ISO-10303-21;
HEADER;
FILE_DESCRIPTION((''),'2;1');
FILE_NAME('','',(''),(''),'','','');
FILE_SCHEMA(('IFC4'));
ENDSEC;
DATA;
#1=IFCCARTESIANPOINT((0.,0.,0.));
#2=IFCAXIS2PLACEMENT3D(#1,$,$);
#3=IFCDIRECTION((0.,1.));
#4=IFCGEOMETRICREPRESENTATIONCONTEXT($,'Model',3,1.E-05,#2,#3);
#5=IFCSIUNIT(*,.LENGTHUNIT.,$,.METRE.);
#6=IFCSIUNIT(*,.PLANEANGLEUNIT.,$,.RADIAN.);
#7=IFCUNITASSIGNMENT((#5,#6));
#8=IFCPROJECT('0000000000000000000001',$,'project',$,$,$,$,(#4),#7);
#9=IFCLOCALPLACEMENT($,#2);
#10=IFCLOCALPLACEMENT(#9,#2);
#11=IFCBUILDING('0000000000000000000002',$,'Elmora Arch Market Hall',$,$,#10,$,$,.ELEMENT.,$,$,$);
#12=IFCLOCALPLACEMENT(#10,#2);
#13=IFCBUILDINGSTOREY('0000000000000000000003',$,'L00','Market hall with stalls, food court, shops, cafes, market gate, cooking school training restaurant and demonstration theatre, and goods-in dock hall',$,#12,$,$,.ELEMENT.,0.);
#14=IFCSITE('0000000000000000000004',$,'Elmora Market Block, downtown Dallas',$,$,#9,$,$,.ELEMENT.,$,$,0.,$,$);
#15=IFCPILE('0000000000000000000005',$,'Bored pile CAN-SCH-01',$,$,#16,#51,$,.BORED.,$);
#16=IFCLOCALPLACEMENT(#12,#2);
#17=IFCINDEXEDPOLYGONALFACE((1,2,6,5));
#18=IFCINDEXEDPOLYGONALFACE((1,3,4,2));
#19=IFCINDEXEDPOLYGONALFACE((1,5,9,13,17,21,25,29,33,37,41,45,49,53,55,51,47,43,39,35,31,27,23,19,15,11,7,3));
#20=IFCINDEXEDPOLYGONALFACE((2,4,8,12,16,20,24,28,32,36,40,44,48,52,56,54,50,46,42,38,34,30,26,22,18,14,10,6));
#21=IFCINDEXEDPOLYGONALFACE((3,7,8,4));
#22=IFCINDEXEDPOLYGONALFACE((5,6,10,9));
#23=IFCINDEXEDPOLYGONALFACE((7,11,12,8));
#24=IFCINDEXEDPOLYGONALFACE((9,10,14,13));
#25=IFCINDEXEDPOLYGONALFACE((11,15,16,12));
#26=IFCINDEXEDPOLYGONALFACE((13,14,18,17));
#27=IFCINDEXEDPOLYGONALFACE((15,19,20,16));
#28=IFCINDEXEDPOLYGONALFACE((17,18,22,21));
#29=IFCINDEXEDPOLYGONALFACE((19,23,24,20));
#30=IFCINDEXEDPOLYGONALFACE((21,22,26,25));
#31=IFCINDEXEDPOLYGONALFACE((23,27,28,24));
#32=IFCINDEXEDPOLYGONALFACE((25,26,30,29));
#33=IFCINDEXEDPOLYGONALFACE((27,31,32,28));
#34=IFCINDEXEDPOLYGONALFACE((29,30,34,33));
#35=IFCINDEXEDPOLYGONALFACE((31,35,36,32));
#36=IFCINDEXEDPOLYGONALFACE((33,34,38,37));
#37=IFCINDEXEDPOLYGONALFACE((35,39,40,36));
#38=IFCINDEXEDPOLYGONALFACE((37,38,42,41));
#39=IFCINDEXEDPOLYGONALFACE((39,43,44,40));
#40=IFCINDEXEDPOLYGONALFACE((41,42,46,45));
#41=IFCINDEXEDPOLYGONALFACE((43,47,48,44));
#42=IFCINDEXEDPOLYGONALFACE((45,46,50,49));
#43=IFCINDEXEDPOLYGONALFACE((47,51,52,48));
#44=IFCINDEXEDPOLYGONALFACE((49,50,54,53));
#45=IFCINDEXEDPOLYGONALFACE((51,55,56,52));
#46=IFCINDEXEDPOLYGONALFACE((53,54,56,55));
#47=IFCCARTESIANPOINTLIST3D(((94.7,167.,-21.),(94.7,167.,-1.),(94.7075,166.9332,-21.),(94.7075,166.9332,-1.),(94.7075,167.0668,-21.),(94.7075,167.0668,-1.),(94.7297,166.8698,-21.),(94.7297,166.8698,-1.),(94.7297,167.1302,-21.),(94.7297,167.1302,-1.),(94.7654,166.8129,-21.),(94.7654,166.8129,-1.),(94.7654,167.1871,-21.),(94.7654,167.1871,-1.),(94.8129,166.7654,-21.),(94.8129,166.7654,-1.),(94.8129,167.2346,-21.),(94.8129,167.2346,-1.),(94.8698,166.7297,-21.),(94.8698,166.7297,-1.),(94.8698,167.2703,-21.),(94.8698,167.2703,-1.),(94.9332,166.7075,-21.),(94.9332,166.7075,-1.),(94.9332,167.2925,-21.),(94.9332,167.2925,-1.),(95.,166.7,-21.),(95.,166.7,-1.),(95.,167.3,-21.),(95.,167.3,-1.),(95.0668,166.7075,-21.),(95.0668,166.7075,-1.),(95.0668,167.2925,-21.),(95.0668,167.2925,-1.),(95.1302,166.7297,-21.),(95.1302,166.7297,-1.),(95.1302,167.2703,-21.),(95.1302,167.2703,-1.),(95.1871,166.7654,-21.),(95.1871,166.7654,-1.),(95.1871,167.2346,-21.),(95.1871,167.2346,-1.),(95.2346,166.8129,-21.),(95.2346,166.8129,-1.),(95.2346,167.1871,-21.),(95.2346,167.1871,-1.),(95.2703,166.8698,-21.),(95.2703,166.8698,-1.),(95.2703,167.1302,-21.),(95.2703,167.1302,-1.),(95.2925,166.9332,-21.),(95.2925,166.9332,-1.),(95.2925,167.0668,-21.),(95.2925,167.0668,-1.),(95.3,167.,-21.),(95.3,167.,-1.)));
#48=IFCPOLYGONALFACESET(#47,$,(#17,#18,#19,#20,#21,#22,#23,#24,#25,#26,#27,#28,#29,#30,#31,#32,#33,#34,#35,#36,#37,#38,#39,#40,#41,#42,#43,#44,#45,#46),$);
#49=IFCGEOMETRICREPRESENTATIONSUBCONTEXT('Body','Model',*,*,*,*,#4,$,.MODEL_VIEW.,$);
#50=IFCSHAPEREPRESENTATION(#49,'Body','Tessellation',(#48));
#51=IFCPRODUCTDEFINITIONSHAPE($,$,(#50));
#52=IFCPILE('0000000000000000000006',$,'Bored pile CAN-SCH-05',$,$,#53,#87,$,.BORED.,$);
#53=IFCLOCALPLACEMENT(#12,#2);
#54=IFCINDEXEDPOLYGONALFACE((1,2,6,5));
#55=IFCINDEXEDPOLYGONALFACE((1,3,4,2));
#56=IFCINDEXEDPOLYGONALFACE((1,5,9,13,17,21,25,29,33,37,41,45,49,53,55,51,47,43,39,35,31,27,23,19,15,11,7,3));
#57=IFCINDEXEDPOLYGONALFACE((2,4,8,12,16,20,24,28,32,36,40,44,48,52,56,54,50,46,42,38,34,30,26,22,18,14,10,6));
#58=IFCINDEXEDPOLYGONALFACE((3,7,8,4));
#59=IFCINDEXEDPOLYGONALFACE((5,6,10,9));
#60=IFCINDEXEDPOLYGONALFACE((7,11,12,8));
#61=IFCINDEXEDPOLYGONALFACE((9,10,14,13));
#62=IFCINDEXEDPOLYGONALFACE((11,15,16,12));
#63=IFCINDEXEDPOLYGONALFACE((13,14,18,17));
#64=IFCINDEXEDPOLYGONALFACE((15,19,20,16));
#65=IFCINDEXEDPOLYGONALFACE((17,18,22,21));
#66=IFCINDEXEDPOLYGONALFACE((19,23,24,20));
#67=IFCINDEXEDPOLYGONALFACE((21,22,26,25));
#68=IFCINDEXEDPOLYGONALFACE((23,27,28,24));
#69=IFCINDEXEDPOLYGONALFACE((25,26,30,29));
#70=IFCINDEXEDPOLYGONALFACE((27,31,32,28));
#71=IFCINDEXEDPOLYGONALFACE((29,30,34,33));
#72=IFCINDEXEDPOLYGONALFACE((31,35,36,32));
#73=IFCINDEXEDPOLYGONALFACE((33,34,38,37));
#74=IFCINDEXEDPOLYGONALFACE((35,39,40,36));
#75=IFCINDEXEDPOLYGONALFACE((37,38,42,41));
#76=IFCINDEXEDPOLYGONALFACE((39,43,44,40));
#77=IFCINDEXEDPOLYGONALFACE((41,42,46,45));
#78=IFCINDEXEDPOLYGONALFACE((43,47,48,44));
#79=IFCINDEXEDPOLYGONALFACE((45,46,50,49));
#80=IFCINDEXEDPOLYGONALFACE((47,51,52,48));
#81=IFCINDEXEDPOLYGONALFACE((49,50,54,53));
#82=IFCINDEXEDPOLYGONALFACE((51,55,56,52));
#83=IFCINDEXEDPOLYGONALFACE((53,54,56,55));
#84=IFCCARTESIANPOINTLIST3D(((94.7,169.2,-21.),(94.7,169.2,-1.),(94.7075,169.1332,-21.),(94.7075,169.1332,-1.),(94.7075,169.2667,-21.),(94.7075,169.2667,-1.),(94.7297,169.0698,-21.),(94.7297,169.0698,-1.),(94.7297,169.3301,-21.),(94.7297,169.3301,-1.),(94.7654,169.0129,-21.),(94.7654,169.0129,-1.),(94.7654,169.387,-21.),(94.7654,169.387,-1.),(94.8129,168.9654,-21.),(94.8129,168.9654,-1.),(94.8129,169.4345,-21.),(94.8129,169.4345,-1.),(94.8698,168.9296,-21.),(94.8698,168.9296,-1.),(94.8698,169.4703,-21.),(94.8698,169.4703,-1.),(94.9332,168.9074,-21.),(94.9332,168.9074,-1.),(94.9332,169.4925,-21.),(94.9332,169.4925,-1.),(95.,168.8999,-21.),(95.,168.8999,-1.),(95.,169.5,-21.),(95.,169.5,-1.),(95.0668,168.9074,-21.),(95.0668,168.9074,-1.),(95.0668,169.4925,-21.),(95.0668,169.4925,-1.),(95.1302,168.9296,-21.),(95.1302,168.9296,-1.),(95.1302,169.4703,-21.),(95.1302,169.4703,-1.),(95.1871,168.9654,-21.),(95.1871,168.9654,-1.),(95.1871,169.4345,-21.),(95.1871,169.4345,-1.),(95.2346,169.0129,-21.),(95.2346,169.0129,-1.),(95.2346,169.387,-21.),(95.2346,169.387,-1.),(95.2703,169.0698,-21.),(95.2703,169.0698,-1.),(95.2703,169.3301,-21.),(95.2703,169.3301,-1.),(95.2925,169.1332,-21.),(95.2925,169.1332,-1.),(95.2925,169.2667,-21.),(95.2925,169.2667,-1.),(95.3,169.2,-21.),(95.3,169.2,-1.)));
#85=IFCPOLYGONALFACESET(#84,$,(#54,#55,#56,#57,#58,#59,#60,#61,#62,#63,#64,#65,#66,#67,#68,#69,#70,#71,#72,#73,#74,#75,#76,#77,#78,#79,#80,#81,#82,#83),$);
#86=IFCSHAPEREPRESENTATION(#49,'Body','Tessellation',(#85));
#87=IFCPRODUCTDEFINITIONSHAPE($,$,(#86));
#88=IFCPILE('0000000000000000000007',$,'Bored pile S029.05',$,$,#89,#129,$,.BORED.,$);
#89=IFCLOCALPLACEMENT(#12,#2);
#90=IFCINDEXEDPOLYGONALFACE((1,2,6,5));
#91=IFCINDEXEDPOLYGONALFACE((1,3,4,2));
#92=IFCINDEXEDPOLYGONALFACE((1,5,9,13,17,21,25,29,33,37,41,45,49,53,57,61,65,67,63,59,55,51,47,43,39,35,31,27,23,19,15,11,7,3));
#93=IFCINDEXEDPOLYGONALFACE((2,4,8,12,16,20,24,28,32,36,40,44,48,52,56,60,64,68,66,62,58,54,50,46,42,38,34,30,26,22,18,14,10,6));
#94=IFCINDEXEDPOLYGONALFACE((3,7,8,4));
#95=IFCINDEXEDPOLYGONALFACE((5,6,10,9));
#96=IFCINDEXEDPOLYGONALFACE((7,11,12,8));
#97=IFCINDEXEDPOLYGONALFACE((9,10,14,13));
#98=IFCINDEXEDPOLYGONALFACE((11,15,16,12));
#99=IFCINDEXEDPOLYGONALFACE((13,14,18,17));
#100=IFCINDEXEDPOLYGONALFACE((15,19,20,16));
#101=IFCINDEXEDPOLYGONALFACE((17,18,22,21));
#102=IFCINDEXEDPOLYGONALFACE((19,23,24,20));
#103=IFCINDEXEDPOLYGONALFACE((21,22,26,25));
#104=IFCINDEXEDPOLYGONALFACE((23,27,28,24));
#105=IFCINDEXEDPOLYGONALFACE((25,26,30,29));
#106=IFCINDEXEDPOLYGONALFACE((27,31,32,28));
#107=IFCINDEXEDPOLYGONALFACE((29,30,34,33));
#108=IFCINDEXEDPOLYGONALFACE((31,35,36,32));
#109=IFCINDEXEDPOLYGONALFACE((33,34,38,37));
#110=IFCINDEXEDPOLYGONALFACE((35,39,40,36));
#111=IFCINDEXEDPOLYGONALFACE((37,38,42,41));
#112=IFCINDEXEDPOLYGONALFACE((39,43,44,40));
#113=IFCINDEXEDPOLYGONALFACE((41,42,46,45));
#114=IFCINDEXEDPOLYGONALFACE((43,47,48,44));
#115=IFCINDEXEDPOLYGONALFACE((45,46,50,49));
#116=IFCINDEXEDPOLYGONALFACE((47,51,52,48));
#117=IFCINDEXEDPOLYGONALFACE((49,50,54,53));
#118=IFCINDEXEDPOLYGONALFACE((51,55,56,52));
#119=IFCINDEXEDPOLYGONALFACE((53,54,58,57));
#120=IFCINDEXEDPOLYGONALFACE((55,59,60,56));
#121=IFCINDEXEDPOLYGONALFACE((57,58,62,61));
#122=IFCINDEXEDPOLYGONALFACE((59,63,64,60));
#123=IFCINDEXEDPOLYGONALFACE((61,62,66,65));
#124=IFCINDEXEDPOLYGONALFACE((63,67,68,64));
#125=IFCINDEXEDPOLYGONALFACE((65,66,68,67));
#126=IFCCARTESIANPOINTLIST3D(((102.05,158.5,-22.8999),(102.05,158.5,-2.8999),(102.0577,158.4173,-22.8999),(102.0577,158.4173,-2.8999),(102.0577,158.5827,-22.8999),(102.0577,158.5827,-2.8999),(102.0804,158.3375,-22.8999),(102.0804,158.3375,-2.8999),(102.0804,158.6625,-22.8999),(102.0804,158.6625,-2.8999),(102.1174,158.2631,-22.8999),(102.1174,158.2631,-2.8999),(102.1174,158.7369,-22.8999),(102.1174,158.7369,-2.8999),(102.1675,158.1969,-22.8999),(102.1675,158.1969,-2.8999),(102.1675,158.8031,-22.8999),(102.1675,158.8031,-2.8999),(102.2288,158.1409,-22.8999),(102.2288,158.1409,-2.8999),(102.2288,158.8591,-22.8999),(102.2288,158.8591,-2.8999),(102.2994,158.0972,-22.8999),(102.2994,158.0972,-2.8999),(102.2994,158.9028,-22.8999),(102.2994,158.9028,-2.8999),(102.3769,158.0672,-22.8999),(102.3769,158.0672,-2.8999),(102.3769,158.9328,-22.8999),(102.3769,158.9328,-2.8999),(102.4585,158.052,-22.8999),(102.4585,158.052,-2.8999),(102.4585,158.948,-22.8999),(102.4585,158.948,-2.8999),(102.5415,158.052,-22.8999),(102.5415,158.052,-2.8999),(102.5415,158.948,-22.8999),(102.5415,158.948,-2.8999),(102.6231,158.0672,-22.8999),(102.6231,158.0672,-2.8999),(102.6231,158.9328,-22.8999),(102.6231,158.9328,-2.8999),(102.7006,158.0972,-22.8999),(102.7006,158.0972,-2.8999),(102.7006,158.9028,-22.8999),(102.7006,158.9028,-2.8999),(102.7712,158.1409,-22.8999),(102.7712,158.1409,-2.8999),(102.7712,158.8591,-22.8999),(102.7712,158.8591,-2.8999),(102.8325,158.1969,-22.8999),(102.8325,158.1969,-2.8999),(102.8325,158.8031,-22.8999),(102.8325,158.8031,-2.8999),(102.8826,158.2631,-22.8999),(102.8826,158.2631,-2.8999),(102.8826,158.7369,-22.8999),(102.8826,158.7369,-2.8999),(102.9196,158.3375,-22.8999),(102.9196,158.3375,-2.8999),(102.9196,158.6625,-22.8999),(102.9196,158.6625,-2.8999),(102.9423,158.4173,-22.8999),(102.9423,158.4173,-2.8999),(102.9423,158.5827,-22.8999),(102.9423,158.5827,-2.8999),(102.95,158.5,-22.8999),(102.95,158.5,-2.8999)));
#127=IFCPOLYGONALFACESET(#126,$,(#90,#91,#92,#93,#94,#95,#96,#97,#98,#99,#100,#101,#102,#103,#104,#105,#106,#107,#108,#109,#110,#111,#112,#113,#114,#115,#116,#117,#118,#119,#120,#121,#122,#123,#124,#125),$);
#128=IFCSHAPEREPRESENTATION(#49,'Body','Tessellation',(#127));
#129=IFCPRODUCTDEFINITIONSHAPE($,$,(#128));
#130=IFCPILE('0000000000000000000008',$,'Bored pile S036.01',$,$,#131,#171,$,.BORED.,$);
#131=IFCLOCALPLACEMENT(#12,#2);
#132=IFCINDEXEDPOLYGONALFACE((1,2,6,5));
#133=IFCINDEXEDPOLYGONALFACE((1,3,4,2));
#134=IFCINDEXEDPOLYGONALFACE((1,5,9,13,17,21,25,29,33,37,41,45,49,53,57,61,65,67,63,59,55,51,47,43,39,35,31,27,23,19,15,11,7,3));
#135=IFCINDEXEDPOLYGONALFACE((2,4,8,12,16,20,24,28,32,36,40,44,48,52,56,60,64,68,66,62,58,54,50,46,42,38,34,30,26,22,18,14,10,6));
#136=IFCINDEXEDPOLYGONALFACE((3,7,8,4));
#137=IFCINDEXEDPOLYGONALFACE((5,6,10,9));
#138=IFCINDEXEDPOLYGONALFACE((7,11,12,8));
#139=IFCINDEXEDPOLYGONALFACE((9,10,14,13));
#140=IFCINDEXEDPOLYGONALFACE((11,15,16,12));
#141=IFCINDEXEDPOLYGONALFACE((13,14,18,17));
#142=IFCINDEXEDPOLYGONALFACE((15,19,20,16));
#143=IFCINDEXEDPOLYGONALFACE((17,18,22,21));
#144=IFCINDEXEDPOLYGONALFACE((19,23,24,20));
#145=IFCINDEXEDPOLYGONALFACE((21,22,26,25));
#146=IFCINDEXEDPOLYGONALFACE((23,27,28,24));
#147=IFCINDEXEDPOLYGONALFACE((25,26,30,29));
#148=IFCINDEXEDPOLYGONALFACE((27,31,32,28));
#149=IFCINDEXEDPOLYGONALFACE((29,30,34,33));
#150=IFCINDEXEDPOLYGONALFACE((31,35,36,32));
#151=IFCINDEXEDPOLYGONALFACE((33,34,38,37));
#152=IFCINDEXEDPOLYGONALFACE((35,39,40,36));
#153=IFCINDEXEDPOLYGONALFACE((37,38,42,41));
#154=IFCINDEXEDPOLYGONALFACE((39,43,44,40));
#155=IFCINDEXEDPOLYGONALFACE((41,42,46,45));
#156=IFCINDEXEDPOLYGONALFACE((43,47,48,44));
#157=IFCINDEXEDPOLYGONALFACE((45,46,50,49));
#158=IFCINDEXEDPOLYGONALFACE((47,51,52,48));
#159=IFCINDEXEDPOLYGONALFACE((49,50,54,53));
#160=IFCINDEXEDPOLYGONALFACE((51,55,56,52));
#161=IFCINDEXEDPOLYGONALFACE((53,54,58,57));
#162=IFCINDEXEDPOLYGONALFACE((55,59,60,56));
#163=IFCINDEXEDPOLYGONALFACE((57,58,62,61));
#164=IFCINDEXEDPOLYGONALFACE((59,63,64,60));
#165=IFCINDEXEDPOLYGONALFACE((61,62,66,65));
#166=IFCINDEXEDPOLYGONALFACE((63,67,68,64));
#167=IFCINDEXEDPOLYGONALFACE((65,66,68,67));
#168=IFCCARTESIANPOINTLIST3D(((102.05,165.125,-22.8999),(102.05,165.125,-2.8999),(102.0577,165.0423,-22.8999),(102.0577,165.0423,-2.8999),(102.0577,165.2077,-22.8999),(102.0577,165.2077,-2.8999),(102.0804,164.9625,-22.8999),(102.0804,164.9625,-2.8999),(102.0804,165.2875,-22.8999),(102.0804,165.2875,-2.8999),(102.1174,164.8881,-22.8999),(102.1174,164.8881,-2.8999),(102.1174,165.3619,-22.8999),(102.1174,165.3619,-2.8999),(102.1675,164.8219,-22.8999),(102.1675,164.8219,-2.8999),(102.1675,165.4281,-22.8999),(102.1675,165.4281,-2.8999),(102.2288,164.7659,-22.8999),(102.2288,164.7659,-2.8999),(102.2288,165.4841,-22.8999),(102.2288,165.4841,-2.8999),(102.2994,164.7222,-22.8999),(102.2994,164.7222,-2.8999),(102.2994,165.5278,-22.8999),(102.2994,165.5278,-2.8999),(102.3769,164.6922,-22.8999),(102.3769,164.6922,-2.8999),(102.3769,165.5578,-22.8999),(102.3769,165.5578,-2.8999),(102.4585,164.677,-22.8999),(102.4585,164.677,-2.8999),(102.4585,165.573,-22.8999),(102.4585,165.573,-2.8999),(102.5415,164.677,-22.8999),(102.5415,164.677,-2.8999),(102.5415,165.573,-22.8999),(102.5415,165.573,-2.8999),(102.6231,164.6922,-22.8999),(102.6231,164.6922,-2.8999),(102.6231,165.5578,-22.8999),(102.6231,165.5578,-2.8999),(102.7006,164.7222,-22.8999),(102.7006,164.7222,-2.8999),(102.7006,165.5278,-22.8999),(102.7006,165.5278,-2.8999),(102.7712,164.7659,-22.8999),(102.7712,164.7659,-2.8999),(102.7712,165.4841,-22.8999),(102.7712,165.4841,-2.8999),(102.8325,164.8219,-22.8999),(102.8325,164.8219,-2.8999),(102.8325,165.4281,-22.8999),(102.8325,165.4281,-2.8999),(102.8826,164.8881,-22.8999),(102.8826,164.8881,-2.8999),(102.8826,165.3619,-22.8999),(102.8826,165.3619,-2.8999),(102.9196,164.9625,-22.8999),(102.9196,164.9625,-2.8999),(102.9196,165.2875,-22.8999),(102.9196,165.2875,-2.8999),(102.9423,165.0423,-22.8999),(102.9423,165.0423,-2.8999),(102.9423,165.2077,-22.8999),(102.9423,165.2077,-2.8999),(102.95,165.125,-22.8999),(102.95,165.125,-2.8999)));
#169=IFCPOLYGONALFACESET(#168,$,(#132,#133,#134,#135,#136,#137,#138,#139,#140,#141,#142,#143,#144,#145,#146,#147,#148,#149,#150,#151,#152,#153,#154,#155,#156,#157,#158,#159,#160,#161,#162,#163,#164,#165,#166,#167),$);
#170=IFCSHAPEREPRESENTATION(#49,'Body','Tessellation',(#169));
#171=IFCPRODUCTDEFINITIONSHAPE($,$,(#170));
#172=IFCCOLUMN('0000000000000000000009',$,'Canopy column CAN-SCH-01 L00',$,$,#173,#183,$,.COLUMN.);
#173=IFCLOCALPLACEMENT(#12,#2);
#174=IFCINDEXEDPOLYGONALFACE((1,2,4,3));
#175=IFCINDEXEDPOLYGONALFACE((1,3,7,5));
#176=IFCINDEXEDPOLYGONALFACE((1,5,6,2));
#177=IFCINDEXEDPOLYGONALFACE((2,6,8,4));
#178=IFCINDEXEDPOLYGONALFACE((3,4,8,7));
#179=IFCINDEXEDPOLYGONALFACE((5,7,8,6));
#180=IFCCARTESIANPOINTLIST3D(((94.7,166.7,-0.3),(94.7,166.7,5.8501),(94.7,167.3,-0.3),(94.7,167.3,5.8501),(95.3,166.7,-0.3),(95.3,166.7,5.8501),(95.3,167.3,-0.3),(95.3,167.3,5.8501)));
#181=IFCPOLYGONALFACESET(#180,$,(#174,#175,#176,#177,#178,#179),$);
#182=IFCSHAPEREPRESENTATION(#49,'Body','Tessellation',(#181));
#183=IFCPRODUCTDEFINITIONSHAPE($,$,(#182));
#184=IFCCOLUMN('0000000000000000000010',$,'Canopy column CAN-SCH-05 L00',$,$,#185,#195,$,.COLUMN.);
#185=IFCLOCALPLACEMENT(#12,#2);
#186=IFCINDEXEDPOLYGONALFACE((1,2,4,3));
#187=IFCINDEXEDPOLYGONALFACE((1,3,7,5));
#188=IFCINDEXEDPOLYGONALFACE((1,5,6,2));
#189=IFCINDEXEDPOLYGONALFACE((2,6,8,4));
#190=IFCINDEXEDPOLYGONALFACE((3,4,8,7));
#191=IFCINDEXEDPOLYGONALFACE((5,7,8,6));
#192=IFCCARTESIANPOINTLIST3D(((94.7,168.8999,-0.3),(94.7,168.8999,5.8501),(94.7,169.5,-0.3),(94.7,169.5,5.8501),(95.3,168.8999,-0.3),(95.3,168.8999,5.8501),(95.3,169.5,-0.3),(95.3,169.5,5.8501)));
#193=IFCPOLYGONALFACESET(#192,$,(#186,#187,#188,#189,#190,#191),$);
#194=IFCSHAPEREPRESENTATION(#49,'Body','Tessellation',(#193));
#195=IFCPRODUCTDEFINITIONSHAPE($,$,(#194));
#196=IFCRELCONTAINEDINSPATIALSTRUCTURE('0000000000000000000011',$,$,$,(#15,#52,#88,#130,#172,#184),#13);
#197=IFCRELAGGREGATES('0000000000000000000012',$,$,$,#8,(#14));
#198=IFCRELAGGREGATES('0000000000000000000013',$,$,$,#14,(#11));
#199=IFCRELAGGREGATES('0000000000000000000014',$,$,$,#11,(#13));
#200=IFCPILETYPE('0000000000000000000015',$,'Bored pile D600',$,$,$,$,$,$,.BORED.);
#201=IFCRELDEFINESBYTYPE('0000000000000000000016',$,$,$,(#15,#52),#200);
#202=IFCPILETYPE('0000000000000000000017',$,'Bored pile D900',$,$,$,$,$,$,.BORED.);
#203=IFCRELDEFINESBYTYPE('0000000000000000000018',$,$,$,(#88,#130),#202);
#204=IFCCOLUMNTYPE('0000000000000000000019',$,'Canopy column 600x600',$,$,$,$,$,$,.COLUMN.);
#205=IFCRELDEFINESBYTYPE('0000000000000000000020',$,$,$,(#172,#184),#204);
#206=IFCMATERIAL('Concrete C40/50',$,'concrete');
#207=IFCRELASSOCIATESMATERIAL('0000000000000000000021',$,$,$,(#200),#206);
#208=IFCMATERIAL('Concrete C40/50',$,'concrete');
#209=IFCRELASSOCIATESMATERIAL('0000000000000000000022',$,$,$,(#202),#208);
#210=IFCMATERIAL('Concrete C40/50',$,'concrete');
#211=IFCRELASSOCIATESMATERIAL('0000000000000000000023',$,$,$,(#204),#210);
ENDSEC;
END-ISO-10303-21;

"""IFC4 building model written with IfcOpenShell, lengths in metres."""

from ifc_helpers import new_model, si_unit, direction, frame, origin, origin_2d, place, context, subcontext, project, spatial, rectangle, circle, extrude, material, material_profile, profile_set, type_object, element, save


model = new_model("IFC4")

# Units and contexts
model_context = context("Model", 3, precision=1e-05, world=origin(), true_north=direction((0.0, 1.0)))
body_context = subcontext(model_context, "Body", "Model", "MODEL_VIEW")
ifc_project = project(units=[si_unit("LENGTHUNIT", "METRE"), si_unit("PLANEANGLEUNIT", "RADIAN")], contexts=[model_context])

# Site, building, storey
site_placement = place(None, origin())
site = spatial("IfcSite", under=ifc_project, at=site_placement, Name="Elmora Market Block, downtown Dallas", CompositionType="ELEMENT", RefElevation=0.0)
building_placement = place(site_placement, origin())
building = spatial("IfcBuilding", under=site, at=building_placement, Name="Elmora Arch Market Hall", CompositionType="ELEMENT")
storey_placement = place(building_placement, origin())
storey = spatial("IfcBuildingStorey", under=building, at=storey_placement, Name="L00", Description="Market hall with stalls, food court, shops, cafes, market gate, cooking school training restaurant and demonstration theatre, and goods-in dock hall", CompositionType="ELEMENT", Elevation=0.0)

# Piles
ifc_material_1 = material(Name="Concrete C40/50", Category="concrete")
ifc_material_profile_1 = material_profile(ifc_material_1, circle(Radius=0.3, at=origin_2d()), Name="Bored pile D600")
ifc_profile_set_1 = profile_set([ifc_material_profile_1], Name="Concrete C40/50")
pile_type_1 = type_object("IfcPileType", Name="Bored pile D600", PredefinedType="BORED", material=ifc_profile_set_1)
for number, where, z_axis, x_axis, name in (
    (1, (95.0, 167.0, -1.0), (0.0, 0.0, -1.0), (1.0, 0.0, 0.0), "Bored pile CAN-SCH-01"),
    (2, (95.0, 169.2, -1.0), (0.0, 0.0, -1.0), (1.0, 0.0, 0.0), "Bored pile CAN-SCH-05"),
):
    element("IfcPile", number, at=place(storey_placement, frame(where, z_axis=z_axis, x_axis=x_axis)), inside=storey, type_object=pile_type_1, Name=name, PredefinedType="BORED", context=body_context, shape_type="SweptSolid", body=[
        extrude(circle(Radius=0.3, at=origin_2d()), origin(), (0.0, 0.0, 1.0), 20.0),
    ])
ifc_material_2 = material(Name="Concrete C40/50", Category="concrete")
ifc_material_profile_2 = material_profile(ifc_material_2, circle(Radius=0.45, at=origin_2d()), Name="Bored pile D900")
ifc_profile_set_2 = profile_set([ifc_material_profile_2], Name="Concrete C40/50")
pile_type_2 = type_object("IfcPileType", Name="Bored pile D900", PredefinedType="BORED", material=ifc_profile_set_2)
for number, where, z_axis, x_axis, name in (
    (3, (102.5, 158.5, -2.8999), (0.0, 0.0, -1.0), (1.0, 0.0, 0.0), "Bored pile S029.05"),
    (4, (102.5, 165.125, -2.8999), (0.0, 0.0, -1.0), (1.0, 0.0, 0.0), "Bored pile S036.01"),
):
    element("IfcPile", number, at=place(storey_placement, frame(where, z_axis=z_axis, x_axis=x_axis)), inside=storey, type_object=pile_type_2, Name=name, PredefinedType="BORED", context=body_context, shape_type="SweptSolid", body=[
        extrude(circle(Radius=0.45, at=origin_2d()), origin(), (0.0, 0.0, 1.0), 20.0),
    ])

# Columns
ifc_material_3 = material(Name="Concrete C40/50", Category="concrete")
ifc_material_profile_3 = material_profile(ifc_material_3, rectangle(XDim=0.6001, YDim=0.6001, at=origin_2d()), Name="Canopy column 600x600")
ifc_profile_set_3 = profile_set([ifc_material_profile_3], Name="Concrete C40/50")
column_type_1 = type_object("IfcColumnType", Name="Canopy column 600x600", PredefinedType="COLUMN", material=ifc_profile_set_3)
for number, where, z_axis, x_axis, name in (
    (5, (95.0, 167.0, -0.3), (0.0, 0.0, 1.0), (1.0, 0.0, 0.0), "Canopy column CAN-SCH-01 L00"),
    (6, (95.0, 169.2, -0.3), (0.0, 0.0, 1.0), (1.0, 0.0, 0.0), "Canopy column CAN-SCH-05 L00"),
):
    element("IfcColumn", number, at=place(storey_placement, frame(where, z_axis=z_axis, x_axis=x_axis)), inside=storey, type_object=column_type_1, Name=name, PredefinedType="COLUMN", context=body_context, shape_type="SweptSolid", body=[
        extrude(rectangle(XDim=0.6001, YDim=0.6001, at=origin_2d()), origin(), (0.0, 0.0, 1.0), 6.1501),
    ])

save(model, "model.ifc")
